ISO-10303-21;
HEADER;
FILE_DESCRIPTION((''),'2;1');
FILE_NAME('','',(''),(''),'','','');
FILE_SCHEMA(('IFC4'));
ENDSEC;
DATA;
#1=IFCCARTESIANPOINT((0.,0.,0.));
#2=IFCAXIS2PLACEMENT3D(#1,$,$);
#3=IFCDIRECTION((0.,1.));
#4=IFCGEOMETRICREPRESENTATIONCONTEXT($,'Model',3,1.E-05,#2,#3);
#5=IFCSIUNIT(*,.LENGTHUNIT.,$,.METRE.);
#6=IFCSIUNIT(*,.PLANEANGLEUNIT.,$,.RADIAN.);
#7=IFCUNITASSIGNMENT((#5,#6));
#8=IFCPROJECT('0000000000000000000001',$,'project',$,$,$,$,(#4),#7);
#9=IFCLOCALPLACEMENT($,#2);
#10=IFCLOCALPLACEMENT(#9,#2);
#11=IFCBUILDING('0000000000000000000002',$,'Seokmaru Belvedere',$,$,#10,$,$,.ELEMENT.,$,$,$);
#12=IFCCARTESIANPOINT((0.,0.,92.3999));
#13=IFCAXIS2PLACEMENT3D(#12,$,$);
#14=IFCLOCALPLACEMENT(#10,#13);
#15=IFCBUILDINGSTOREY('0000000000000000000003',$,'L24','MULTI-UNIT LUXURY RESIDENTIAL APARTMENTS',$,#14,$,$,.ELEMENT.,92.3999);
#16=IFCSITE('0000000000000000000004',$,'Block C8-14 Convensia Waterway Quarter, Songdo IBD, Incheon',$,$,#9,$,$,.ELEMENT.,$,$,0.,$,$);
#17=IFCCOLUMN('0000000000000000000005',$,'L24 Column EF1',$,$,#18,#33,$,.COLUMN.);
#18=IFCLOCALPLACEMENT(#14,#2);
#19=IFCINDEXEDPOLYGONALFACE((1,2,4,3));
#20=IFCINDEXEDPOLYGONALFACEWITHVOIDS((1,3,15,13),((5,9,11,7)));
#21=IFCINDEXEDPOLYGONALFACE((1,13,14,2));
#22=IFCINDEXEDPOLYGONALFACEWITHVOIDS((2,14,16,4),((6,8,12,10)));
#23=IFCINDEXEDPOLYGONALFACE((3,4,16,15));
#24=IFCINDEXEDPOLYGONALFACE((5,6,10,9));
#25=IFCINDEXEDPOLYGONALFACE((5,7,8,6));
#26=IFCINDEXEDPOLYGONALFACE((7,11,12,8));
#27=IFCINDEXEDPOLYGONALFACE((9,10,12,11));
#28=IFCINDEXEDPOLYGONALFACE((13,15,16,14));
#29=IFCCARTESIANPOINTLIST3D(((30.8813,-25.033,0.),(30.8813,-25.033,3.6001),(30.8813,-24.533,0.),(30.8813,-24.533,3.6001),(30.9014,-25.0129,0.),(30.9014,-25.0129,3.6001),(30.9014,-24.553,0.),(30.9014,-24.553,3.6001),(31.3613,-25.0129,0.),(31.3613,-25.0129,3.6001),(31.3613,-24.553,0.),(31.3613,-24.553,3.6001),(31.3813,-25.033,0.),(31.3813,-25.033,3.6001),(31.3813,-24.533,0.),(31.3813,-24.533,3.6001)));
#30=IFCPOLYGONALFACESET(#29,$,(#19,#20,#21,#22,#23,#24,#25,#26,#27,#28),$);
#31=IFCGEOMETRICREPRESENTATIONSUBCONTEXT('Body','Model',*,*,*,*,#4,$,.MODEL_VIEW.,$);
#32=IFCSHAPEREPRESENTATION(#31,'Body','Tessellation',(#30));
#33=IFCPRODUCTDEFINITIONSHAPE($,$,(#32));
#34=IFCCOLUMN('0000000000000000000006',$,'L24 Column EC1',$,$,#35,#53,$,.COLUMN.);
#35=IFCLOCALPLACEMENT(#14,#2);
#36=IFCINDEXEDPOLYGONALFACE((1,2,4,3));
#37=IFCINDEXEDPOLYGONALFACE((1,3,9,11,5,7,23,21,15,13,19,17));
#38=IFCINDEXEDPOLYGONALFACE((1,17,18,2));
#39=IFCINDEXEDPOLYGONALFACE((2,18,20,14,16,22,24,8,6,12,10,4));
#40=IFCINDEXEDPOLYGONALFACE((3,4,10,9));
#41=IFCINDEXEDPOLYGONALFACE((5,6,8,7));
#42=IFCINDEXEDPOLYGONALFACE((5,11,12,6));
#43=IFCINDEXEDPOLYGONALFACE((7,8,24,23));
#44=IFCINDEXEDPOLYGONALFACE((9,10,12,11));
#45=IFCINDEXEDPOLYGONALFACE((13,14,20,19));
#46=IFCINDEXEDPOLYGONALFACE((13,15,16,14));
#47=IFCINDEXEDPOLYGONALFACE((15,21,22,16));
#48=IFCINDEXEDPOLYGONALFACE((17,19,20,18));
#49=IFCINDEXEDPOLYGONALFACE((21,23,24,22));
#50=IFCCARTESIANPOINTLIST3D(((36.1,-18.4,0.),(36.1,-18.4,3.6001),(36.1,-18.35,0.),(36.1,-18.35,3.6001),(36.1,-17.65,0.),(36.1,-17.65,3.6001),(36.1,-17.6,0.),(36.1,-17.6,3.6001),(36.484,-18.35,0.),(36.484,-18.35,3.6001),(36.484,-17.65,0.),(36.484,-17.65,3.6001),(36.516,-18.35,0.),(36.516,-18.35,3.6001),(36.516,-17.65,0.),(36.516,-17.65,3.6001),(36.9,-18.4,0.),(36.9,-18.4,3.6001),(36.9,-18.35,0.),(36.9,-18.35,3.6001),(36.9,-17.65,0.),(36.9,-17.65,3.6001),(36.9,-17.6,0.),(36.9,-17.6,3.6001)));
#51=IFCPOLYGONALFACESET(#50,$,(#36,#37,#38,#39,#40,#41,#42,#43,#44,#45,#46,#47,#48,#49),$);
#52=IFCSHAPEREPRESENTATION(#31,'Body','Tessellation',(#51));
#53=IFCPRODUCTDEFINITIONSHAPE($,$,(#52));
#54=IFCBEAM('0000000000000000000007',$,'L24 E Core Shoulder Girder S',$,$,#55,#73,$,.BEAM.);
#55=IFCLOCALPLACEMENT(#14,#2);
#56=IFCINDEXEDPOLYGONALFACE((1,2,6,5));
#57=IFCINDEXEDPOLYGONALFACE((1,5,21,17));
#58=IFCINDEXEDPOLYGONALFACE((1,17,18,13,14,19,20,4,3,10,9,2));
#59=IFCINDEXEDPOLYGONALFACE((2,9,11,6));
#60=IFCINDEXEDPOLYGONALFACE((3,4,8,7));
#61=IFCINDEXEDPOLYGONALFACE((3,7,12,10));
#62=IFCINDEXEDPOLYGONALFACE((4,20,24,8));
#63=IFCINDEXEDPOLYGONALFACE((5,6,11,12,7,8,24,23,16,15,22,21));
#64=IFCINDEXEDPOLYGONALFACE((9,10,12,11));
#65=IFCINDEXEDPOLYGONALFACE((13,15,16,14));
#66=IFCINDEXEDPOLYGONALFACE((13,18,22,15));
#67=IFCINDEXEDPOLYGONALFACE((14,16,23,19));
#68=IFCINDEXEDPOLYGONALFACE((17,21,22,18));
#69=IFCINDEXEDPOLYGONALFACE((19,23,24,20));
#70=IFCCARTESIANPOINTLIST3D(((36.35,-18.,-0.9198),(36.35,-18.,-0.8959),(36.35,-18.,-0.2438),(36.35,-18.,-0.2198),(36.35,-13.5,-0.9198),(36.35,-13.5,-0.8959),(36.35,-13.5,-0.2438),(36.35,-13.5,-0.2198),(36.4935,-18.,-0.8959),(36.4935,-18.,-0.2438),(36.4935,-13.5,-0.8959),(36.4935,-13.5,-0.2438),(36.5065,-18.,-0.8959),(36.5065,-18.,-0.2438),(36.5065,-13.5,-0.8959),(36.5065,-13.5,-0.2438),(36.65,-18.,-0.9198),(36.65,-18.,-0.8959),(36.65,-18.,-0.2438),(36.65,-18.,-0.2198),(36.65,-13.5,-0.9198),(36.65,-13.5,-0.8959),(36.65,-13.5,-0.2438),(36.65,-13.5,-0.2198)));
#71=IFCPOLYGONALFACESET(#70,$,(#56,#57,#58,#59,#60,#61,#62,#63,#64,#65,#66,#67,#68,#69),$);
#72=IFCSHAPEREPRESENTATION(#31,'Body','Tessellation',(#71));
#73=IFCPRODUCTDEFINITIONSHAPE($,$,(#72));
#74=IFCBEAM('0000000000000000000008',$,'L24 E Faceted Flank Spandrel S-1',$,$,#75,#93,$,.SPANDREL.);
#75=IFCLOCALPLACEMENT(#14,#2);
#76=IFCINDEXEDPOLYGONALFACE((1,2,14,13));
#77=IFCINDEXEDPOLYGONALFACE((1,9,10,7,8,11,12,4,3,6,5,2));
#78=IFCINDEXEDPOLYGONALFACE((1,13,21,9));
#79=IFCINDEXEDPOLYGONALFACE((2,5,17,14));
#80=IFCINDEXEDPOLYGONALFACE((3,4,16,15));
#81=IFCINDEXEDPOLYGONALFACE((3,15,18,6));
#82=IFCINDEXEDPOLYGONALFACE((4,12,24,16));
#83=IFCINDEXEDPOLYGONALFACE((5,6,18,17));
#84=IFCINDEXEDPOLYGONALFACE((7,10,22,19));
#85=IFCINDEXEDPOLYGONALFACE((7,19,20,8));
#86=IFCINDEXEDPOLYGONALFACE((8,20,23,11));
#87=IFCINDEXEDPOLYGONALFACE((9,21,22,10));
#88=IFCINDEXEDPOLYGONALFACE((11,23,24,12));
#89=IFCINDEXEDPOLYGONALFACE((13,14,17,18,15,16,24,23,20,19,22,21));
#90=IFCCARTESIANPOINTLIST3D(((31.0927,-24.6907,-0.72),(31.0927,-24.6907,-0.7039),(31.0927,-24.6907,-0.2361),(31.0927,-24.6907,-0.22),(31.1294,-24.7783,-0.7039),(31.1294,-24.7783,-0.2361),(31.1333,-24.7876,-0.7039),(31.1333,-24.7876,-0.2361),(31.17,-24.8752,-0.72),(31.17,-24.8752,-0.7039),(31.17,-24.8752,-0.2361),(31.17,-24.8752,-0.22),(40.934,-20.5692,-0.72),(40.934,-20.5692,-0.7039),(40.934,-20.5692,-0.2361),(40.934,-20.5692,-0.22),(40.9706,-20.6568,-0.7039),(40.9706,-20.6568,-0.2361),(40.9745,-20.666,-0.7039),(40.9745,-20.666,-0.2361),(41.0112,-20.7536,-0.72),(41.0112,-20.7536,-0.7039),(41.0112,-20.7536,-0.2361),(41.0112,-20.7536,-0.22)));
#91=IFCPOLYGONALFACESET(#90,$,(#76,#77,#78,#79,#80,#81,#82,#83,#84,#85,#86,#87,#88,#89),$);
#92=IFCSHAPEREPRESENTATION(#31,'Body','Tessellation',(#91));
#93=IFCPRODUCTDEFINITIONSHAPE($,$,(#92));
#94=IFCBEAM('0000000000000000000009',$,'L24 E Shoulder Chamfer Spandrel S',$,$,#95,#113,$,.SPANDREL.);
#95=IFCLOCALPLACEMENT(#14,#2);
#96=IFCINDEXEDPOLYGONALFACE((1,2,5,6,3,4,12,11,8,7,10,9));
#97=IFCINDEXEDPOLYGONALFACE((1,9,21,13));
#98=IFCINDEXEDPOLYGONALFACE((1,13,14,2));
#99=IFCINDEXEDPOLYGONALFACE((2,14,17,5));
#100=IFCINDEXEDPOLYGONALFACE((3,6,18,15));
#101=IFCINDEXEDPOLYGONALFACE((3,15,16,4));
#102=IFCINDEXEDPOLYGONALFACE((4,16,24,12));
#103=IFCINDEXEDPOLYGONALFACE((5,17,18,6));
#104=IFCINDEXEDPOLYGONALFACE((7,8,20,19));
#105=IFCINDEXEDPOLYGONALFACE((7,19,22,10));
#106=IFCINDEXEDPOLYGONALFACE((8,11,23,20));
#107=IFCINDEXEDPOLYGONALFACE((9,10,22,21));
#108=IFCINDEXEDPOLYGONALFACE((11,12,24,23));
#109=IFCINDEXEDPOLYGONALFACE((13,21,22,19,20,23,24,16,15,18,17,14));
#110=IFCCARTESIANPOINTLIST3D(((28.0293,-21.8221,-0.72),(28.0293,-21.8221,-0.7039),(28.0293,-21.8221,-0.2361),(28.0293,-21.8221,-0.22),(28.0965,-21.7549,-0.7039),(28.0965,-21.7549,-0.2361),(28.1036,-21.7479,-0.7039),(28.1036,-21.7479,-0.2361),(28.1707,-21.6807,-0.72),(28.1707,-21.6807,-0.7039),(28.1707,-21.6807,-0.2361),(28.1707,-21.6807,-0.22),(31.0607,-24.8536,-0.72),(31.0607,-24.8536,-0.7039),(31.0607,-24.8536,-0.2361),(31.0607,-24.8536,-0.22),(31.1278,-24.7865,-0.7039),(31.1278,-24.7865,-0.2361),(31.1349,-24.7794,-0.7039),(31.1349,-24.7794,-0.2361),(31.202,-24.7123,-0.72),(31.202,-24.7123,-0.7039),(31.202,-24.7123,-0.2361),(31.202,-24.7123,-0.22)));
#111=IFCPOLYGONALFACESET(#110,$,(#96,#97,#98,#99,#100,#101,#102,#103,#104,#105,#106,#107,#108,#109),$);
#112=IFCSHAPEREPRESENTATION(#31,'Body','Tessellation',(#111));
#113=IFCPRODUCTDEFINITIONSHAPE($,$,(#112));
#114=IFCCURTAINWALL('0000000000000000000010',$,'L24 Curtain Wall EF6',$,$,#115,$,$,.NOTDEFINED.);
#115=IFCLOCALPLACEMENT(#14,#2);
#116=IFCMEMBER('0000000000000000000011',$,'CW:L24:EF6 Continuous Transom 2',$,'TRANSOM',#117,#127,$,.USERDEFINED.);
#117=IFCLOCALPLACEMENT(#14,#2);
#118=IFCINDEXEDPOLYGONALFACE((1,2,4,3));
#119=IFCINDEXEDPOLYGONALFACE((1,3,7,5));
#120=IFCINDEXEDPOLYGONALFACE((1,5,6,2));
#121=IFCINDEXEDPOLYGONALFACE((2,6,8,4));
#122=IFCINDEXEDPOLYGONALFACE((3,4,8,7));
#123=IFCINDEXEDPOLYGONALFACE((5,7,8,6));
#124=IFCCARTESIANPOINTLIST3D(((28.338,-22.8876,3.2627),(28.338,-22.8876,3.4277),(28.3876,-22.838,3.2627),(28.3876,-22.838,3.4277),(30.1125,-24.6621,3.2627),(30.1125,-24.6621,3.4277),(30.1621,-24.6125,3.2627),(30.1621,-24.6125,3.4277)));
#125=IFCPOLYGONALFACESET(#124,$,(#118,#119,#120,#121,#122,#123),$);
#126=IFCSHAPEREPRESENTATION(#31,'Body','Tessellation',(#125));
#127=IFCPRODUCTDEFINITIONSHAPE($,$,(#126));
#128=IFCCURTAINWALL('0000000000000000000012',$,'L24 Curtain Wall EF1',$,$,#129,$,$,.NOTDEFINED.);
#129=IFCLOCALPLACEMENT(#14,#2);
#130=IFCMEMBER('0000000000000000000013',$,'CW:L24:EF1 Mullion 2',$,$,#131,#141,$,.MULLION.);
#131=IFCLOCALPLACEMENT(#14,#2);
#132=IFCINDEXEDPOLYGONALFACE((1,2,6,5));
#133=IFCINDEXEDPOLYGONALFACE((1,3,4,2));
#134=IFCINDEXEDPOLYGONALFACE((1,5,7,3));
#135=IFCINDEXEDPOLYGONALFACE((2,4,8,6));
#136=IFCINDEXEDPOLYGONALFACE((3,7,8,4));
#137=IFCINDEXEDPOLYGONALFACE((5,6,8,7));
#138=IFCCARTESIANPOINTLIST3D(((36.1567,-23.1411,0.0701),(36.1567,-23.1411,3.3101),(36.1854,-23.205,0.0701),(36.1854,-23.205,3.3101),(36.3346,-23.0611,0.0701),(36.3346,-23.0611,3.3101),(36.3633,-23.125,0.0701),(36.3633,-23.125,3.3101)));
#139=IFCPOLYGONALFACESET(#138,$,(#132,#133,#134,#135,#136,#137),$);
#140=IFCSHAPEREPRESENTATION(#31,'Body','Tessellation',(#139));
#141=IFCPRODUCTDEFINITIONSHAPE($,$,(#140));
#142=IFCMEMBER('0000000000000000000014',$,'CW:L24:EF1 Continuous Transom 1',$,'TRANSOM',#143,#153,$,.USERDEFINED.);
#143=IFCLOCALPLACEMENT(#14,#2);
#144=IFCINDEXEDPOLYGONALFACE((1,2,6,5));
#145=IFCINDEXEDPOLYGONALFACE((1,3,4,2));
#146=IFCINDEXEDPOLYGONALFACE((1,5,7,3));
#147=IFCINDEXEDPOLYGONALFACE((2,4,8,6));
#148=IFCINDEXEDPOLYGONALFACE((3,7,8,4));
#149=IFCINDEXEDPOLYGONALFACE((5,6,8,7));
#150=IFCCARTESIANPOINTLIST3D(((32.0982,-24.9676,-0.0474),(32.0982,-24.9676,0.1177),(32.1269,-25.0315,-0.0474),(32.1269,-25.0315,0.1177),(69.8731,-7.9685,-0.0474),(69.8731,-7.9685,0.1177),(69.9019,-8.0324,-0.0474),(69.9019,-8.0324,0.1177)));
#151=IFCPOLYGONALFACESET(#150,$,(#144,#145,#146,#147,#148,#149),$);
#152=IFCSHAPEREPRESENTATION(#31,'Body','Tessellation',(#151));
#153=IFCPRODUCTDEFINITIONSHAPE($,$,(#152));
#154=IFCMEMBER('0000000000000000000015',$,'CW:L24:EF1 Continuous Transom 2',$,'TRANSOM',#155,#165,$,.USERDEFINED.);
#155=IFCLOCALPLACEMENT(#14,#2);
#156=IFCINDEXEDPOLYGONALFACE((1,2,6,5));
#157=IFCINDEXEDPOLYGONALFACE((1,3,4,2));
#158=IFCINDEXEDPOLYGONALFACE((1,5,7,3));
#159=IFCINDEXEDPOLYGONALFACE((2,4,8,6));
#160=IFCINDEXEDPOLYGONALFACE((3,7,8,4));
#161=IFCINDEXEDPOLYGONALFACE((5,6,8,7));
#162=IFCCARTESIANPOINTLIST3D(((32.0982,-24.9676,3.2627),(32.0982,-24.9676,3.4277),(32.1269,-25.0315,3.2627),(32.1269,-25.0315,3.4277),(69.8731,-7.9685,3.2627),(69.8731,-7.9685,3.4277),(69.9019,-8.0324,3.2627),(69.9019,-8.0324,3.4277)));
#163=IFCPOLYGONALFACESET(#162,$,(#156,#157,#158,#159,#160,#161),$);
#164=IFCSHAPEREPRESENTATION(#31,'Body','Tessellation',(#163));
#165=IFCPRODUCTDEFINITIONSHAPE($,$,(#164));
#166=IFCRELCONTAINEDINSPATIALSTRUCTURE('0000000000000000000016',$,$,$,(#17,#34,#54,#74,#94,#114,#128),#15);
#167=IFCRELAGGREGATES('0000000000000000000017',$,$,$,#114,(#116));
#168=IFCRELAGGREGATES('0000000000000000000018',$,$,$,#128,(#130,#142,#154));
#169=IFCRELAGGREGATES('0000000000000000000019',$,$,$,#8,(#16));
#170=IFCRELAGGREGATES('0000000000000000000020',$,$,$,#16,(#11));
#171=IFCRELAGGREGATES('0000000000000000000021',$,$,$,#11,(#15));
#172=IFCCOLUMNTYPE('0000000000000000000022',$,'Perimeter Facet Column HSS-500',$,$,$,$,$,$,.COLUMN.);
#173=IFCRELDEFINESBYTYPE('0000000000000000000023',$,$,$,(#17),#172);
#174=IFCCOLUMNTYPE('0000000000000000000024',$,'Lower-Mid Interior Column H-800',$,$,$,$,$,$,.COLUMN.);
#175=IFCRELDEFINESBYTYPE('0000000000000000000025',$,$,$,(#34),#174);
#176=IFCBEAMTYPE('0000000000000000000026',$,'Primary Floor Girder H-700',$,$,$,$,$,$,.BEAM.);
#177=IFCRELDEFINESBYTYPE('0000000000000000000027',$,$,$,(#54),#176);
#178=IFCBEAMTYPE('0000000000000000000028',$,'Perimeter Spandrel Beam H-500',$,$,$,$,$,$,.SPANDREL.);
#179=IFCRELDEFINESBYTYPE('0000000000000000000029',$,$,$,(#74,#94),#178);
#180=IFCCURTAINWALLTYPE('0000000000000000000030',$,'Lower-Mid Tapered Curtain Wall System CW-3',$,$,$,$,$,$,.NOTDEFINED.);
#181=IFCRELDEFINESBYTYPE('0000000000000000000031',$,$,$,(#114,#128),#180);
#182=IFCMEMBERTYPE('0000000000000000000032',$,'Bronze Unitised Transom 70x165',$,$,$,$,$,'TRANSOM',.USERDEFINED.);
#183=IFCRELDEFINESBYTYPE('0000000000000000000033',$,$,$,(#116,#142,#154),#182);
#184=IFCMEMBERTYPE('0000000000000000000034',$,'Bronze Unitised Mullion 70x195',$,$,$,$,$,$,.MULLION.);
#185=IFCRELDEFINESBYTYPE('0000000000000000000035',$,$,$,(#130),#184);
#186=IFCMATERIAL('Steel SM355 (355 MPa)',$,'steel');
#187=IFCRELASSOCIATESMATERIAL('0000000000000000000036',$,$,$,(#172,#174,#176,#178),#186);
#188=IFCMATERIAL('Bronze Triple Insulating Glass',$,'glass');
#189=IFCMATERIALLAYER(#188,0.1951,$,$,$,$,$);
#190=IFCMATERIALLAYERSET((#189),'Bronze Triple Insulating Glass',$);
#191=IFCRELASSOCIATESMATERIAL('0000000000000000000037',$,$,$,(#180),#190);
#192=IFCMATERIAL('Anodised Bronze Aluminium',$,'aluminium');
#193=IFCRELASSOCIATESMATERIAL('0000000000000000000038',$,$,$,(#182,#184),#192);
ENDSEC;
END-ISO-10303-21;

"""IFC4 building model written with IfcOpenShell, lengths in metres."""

from ifc_helpers import new_model, si_unit, direction, frame, origin, origin_2d, place, context, subcontext, project, spatial, rectangle, hollow_rectangle, i_section, extrude, source, transform, mapped, material, layer, layer_set, material_profile, profile_set, type_object, type_shapes, element, aggregate, save


model = new_model("IFC4")

# Units and contexts
model_context = context("Model", 3, precision=1e-05, world=origin(), true_north=direction((0.0, 1.0)))
body_context = subcontext(model_context, "Body", "Model", "MODEL_VIEW")
ifc_project = project(units=[si_unit("LENGTHUNIT", "METRE"), si_unit("PLANEANGLEUNIT", "RADIAN")], contexts=[model_context])

# Site, building, storey
site_placement = place(None, origin())
site = spatial("IfcSite", under=ifc_project, at=site_placement, Name="Block C8-14 Convensia Waterway Quarter, Songdo IBD, Incheon", CompositionType="ELEMENT", RefElevation=0.0)
building_placement = place(site_placement, origin())
building = spatial("IfcBuilding", under=site, at=building_placement, Name="Seokmaru Belvedere", CompositionType="ELEMENT")
storey_placement = place(building_placement, frame((0.0, 0.0, 92.3999)))
storey = spatial("IfcBuildingStorey", under=building, at=storey_placement, Name="L24", Description="MULTI-UNIT LUXURY RESIDENTIAL APARTMENTS", CompositionType="ELEMENT", Elevation=92.3999)

# Columns
ifc_material_1 = material(Name="Steel SM355 (355 MPa)", Category="steel")
ifc_material_profile_1 = material_profile(ifc_material_1, hollow_rectangle(XDim=0.5, YDim=0.5, WallThickness=0.02, at=origin_2d()), Name="HSS-500x500x20")
ifc_profile_set_1 = profile_set([ifc_material_profile_1], Name="Steel SM355 (355 MPa)")
column_type_1 = type_object("IfcColumnType", Name="Perimeter Facet Column HSS-500", PredefinedType="COLUMN", material=ifc_profile_set_1)
shared_shape_1 = source(origin(), body_context, "Body", "SweptSolid", [
    extrude(hollow_rectangle(XDim=0.5, YDim=0.5, WallThickness=0.02, at=origin_2d()), origin(), (0.0, 0.0, 1.0), 3.6001),
])
type_shapes(column_type_1, [shared_shape_1])
column_1_placement = place(storey_placement, frame((31.1313, -24.783, 0.0), z_axis=(0.0, 0.0, 1.0), x_axis=(1.0, 0.0, 0.0)))
element("IfcColumn", 1, at=column_1_placement, inside=storey, type_object=column_type_1, Name="L24 Column EF1", PredefinedType="COLUMN", context=body_context, shape_type="MappedRepresentation", body=[
    mapped(shared_shape_1, transform((0.0, 0.0, 0.0), scale=1.0)),
])
ifc_material_profile_2 = material_profile(ifc_material_1, i_section(OverallWidth=0.8, OverallDepth=0.8, WebThickness=0.032, FlangeThickness=0.05, at=origin_2d()), Name="H-800x800x32x50")
ifc_profile_set_2 = profile_set([ifc_material_profile_2], Name="Steel SM355 (355 MPa)")
column_type_2 = type_object("IfcColumnType", Name="Lower-Mid Interior Column H-800", PredefinedType="COLUMN", material=ifc_profile_set_2)
shared_shape_2 = source(origin(), body_context, "Body", "SweptSolid", [
    extrude(i_section(OverallWidth=0.8, OverallDepth=0.8, WebThickness=0.032, FlangeThickness=0.05, at=origin_2d()), origin(), (0.0, 0.0, 1.0), 3.6001),
])
type_shapes(column_type_2, [shared_shape_2])
column_2_placement = place(storey_placement, frame((36.5, -18.0, 0.0), z_axis=(0.0, 0.0, 1.0), x_axis=(1.0, 0.0, 0.0)))
element("IfcColumn", 2, at=column_2_placement, inside=storey, type_object=column_type_2, Name="L24 Column EC1", PredefinedType="COLUMN", context=body_context, shape_type="MappedRepresentation", body=[
    mapped(shared_shape_2, transform((0.0, 0.0, 0.0), scale=1.0)),
])

# Beams
ifc_material_profile_3 = material_profile(ifc_material_1, i_section(OverallWidth=0.3, OverallDepth=0.7, WebThickness=0.0129, FlangeThickness=0.0239, at=origin_2d()), Name="H-700x300x13x24")
ifc_profile_set_3 = profile_set([ifc_material_profile_3], Name="Steel SM355 (355 MPa)")
beam_type_1 = type_object("IfcBeamType", Name="Primary Floor Girder H-700", PredefinedType="BEAM", material=ifc_profile_set_3)
shared_shape_3 = source(origin(), body_context, "Body", "SweptSolid", [
    extrude(i_section(OverallWidth=0.3, OverallDepth=0.7, WebThickness=0.0129, FlangeThickness=0.0239, at=origin_2d()), origin(), (0.0, 0.0, 1.0), 4.5),
])
type_shapes(beam_type_1, [shared_shape_3])
beam_1_placement = place(storey_placement, frame((36.5, -18.0, -0.5698), z_axis=(0.0, 1.0, 0.0), x_axis=(-1.0, 0.0, 0.0)))
element("IfcBeam", 3, at=beam_1_placement, inside=storey, type_object=beam_type_1, Name="L24 E Core Shoulder Girder S", PredefinedType="BEAM", context=body_context, shape_type="MappedRepresentation", body=[
    mapped(shared_shape_3, transform((0.0, 0.0, 0.0), scale=1.0)),
])
ifc_material_profile_4 = material_profile(ifc_material_1, i_section(OverallWidth=0.2, OverallDepth=0.5, WebThickness=0.01, FlangeThickness=0.0161, at=origin_2d()), Name="H-500x200x10x16")
ifc_profile_set_4 = profile_set([ifc_material_profile_4], Name="Steel SM355 (355 MPa)")
beam_type_2 = type_object("IfcBeamType", Name="Perimeter Spandrel Beam H-500", PredefinedType="SPANDREL", material=ifc_profile_set_4)
shared_shape_4 = source(origin(), body_context, "Body", "SweptSolid", [
    extrude(i_section(OverallWidth=0.2, OverallDepth=0.5, WebThickness=0.01, FlangeThickness=0.0161, at=origin_2d()), origin(), (0.0, 0.0, 1.0), 10.6694),
])
beam_2_placement = place(storey_placement, frame((31.1313, -24.783, -0.47), z_axis=(0.922375, 0.386295, 0.0), x_axis=(-0.386295, 0.922375, 0.0)))
element("IfcBeam", 4, at=beam_2_placement, inside=storey, type_object=beam_type_2, Name="L24 E Faceted Flank Spandrel S-1", PredefinedType="SPANDREL", context=body_context, shape_type="MappedRepresentation", body=[
    mapped(shared_shape_4, transform((0.0, 0.0, 0.0), scale=1.0)),
])
shared_shape_5 = source(origin(), body_context, "Body", "SweptSolid", [
    extrude(i_section(OverallWidth=0.2, OverallDepth=0.5, WebThickness=0.01, FlangeThickness=0.0161, at=origin_2d()), origin(), (0.0, 0.0, 1.0), 4.2871),
])
type_shapes(beam_type_2, [shared_shape_4, shared_shape_5])
beam_3_placement = place(storey_placement, frame((31.1313, -24.783, -0.47), z_axis=(-0.707078, 0.707135, 0.0), x_axis=(-0.707135, -0.707078, 0.0)))
element("IfcBeam", 5, at=beam_3_placement, inside=storey, type_object=beam_type_2, Name="L24 E Shoulder Chamfer Spandrel S", PredefinedType="SPANDREL", context=body_context, shape_type="MappedRepresentation", body=[
    mapped(shared_shape_5, transform((0.0, 0.0, 0.0), scale=1.0)),
])

# Curtain wall, member
ifc_material_2 = material(Name="Bronze Triple Insulating Glass", Category="glass")
ifc_layer_1 = layer(ifc_material_2, 0.1951)
ifc_layer_set_1 = layer_set([ifc_layer_1], Name="Bronze Triple Insulating Glass")
curtain_wall_type = type_object("IfcCurtainWallType", Name="Lower-Mid Tapered Curtain Wall System CW-3", PredefinedType="NOTDEFINED", material=ifc_layer_set_1)
curtain_wall_1_placement = place(storey_placement, origin())
curtain_wall_1 = element("IfcCurtainWall", 6, at=curtain_wall_1_placement, inside=storey, type_object=curtain_wall_type, Name="L24 Curtain Wall EF6", PredefinedType="NOTDEFINED")
ifc_material_3 = material(Name="Anodised Bronze Aluminium", Category="aluminium")
ifc_material_profile_5 = material_profile(ifc_material_3, rectangle(XDim=0.0701, YDim=0.165, at=origin_2d()), Name="CW-T-70x165")
ifc_profile_set_5 = profile_set([ifc_material_profile_5], Name="Anodised Bronze Aluminium")
member_type_1 = type_object("IfcMemberType", Name="Bronze Unitised Transom 70x165", ElementType="TRANSOM", PredefinedType="USERDEFINED", material=ifc_profile_set_5)
shared_shape_6 = source(origin(), body_context, "Body", "SweptSolid", [
    extrude(rectangle(XDim=0.0701, YDim=0.165, at=origin_2d()), origin(), (0.0, 0.0, 1.0), 2.5095),
])
member_1_placement = place(storey_placement, frame((28.3628, -22.8628, 3.3452), z_axis=(0.707107, -0.707107, 0.0), x_axis=(0.707107, 0.707107, 0.0)))
member_1 = element("IfcMember", 7, at=member_1_placement, type_object=member_type_1, Name="CW:L24:EF6 Continuous Transom 2", ObjectType="TRANSOM", PredefinedType="USERDEFINED", context=body_context, shape_type="MappedRepresentation", body=[
    mapped(shared_shape_6, transform((0.0, 0.0, 0.0), scale=1.0)),
])

# Curtain wall, members
curtain_wall_2_placement = place(storey_placement, origin())
curtain_wall_2 = element("IfcCurtainWall", 8, at=curtain_wall_2_placement, inside=storey, type_object=curtain_wall_type, Name="L24 Curtain Wall EF1", PredefinedType="NOTDEFINED")
ifc_material_profile_6 = material_profile(ifc_material_3, rectangle(XDim=0.0701, YDim=0.1951, at=origin_2d()), Name="CW-M-70x195")
ifc_profile_set_6 = profile_set([ifc_material_profile_6], Name="Anodised Bronze Aluminium")
member_type_2 = type_object("IfcMemberType", Name="Bronze Unitised Mullion 70x195", PredefinedType="MULLION", material=ifc_profile_set_6)
shared_shape_7 = source(origin(), body_context, "Body", "SweptSolid", [
    extrude(rectangle(XDim=0.0701, YDim=0.1951, at=origin_2d()), origin(), (0.0, 0.0, 1.0), 3.24),
])
member_2_placement = place(storey_placement, frame((36.26, -23.1331, 0.0701), z_axis=(0.0, 0.0, 1.0), x_axis=(-0.410366, 0.911921, 0.0)))
member_2 = element("IfcMember", 9, at=member_2_placement, type_object=member_type_2, Name="CW:L24:EF1 Mullion 2", PredefinedType="MULLION", context=body_context, shape_type="MappedRepresentation", body=[
    mapped(shared_shape_7, transform((0.0, 0.0, 0.0), scale=1.0)),
])
shared_shape_8 = source(origin(), body_context, "Body", "SweptSolid", [
    extrude(rectangle(XDim=0.0701, YDim=0.165, at=origin_2d()), origin(), (0.0, 0.0, 1.0), 41.4236),
])
type_shapes(member_type_1, [shared_shape_6, shared_shape_8])
member_3_placement = place(storey_placement, frame((32.1125, -24.9995, 0.0352), z_axis=(0.911919, 0.410371, 0.0), x_axis=(-0.410371, 0.911919, 0.0)))
member_3 = element("IfcMember", 10, at=member_3_placement, type_object=member_type_1, Name="CW:L24:EF1 Continuous Transom 1", ObjectType="TRANSOM", PredefinedType="USERDEFINED", context=body_context, shape_type="MappedRepresentation", body=[
    mapped(shared_shape_8, transform((0.0, 0.0, 0.0), scale=1.0)),
])
member_4_placement = place(storey_placement, frame((32.1125, -24.9995, 3.3452), z_axis=(0.911919, 0.410371, 0.0), x_axis=(-0.410371, 0.911919, 0.0)))
member_4 = element("IfcMember", 11, at=member_4_placement, type_object=member_type_1, Name="CW:L24:EF1 Continuous Transom 2", ObjectType="TRANSOM", PredefinedType="USERDEFINED", context=body_context, shape_type="MappedRepresentation", body=[
    mapped(shared_shape_8, transform((0.0, 0.0, 0.0), scale=1.0)),
])

aggregate(curtain_wall_1, [member_1])
aggregate(curtain_wall_2, [member_2, member_3, member_4])

save(model, "model.ifc")
